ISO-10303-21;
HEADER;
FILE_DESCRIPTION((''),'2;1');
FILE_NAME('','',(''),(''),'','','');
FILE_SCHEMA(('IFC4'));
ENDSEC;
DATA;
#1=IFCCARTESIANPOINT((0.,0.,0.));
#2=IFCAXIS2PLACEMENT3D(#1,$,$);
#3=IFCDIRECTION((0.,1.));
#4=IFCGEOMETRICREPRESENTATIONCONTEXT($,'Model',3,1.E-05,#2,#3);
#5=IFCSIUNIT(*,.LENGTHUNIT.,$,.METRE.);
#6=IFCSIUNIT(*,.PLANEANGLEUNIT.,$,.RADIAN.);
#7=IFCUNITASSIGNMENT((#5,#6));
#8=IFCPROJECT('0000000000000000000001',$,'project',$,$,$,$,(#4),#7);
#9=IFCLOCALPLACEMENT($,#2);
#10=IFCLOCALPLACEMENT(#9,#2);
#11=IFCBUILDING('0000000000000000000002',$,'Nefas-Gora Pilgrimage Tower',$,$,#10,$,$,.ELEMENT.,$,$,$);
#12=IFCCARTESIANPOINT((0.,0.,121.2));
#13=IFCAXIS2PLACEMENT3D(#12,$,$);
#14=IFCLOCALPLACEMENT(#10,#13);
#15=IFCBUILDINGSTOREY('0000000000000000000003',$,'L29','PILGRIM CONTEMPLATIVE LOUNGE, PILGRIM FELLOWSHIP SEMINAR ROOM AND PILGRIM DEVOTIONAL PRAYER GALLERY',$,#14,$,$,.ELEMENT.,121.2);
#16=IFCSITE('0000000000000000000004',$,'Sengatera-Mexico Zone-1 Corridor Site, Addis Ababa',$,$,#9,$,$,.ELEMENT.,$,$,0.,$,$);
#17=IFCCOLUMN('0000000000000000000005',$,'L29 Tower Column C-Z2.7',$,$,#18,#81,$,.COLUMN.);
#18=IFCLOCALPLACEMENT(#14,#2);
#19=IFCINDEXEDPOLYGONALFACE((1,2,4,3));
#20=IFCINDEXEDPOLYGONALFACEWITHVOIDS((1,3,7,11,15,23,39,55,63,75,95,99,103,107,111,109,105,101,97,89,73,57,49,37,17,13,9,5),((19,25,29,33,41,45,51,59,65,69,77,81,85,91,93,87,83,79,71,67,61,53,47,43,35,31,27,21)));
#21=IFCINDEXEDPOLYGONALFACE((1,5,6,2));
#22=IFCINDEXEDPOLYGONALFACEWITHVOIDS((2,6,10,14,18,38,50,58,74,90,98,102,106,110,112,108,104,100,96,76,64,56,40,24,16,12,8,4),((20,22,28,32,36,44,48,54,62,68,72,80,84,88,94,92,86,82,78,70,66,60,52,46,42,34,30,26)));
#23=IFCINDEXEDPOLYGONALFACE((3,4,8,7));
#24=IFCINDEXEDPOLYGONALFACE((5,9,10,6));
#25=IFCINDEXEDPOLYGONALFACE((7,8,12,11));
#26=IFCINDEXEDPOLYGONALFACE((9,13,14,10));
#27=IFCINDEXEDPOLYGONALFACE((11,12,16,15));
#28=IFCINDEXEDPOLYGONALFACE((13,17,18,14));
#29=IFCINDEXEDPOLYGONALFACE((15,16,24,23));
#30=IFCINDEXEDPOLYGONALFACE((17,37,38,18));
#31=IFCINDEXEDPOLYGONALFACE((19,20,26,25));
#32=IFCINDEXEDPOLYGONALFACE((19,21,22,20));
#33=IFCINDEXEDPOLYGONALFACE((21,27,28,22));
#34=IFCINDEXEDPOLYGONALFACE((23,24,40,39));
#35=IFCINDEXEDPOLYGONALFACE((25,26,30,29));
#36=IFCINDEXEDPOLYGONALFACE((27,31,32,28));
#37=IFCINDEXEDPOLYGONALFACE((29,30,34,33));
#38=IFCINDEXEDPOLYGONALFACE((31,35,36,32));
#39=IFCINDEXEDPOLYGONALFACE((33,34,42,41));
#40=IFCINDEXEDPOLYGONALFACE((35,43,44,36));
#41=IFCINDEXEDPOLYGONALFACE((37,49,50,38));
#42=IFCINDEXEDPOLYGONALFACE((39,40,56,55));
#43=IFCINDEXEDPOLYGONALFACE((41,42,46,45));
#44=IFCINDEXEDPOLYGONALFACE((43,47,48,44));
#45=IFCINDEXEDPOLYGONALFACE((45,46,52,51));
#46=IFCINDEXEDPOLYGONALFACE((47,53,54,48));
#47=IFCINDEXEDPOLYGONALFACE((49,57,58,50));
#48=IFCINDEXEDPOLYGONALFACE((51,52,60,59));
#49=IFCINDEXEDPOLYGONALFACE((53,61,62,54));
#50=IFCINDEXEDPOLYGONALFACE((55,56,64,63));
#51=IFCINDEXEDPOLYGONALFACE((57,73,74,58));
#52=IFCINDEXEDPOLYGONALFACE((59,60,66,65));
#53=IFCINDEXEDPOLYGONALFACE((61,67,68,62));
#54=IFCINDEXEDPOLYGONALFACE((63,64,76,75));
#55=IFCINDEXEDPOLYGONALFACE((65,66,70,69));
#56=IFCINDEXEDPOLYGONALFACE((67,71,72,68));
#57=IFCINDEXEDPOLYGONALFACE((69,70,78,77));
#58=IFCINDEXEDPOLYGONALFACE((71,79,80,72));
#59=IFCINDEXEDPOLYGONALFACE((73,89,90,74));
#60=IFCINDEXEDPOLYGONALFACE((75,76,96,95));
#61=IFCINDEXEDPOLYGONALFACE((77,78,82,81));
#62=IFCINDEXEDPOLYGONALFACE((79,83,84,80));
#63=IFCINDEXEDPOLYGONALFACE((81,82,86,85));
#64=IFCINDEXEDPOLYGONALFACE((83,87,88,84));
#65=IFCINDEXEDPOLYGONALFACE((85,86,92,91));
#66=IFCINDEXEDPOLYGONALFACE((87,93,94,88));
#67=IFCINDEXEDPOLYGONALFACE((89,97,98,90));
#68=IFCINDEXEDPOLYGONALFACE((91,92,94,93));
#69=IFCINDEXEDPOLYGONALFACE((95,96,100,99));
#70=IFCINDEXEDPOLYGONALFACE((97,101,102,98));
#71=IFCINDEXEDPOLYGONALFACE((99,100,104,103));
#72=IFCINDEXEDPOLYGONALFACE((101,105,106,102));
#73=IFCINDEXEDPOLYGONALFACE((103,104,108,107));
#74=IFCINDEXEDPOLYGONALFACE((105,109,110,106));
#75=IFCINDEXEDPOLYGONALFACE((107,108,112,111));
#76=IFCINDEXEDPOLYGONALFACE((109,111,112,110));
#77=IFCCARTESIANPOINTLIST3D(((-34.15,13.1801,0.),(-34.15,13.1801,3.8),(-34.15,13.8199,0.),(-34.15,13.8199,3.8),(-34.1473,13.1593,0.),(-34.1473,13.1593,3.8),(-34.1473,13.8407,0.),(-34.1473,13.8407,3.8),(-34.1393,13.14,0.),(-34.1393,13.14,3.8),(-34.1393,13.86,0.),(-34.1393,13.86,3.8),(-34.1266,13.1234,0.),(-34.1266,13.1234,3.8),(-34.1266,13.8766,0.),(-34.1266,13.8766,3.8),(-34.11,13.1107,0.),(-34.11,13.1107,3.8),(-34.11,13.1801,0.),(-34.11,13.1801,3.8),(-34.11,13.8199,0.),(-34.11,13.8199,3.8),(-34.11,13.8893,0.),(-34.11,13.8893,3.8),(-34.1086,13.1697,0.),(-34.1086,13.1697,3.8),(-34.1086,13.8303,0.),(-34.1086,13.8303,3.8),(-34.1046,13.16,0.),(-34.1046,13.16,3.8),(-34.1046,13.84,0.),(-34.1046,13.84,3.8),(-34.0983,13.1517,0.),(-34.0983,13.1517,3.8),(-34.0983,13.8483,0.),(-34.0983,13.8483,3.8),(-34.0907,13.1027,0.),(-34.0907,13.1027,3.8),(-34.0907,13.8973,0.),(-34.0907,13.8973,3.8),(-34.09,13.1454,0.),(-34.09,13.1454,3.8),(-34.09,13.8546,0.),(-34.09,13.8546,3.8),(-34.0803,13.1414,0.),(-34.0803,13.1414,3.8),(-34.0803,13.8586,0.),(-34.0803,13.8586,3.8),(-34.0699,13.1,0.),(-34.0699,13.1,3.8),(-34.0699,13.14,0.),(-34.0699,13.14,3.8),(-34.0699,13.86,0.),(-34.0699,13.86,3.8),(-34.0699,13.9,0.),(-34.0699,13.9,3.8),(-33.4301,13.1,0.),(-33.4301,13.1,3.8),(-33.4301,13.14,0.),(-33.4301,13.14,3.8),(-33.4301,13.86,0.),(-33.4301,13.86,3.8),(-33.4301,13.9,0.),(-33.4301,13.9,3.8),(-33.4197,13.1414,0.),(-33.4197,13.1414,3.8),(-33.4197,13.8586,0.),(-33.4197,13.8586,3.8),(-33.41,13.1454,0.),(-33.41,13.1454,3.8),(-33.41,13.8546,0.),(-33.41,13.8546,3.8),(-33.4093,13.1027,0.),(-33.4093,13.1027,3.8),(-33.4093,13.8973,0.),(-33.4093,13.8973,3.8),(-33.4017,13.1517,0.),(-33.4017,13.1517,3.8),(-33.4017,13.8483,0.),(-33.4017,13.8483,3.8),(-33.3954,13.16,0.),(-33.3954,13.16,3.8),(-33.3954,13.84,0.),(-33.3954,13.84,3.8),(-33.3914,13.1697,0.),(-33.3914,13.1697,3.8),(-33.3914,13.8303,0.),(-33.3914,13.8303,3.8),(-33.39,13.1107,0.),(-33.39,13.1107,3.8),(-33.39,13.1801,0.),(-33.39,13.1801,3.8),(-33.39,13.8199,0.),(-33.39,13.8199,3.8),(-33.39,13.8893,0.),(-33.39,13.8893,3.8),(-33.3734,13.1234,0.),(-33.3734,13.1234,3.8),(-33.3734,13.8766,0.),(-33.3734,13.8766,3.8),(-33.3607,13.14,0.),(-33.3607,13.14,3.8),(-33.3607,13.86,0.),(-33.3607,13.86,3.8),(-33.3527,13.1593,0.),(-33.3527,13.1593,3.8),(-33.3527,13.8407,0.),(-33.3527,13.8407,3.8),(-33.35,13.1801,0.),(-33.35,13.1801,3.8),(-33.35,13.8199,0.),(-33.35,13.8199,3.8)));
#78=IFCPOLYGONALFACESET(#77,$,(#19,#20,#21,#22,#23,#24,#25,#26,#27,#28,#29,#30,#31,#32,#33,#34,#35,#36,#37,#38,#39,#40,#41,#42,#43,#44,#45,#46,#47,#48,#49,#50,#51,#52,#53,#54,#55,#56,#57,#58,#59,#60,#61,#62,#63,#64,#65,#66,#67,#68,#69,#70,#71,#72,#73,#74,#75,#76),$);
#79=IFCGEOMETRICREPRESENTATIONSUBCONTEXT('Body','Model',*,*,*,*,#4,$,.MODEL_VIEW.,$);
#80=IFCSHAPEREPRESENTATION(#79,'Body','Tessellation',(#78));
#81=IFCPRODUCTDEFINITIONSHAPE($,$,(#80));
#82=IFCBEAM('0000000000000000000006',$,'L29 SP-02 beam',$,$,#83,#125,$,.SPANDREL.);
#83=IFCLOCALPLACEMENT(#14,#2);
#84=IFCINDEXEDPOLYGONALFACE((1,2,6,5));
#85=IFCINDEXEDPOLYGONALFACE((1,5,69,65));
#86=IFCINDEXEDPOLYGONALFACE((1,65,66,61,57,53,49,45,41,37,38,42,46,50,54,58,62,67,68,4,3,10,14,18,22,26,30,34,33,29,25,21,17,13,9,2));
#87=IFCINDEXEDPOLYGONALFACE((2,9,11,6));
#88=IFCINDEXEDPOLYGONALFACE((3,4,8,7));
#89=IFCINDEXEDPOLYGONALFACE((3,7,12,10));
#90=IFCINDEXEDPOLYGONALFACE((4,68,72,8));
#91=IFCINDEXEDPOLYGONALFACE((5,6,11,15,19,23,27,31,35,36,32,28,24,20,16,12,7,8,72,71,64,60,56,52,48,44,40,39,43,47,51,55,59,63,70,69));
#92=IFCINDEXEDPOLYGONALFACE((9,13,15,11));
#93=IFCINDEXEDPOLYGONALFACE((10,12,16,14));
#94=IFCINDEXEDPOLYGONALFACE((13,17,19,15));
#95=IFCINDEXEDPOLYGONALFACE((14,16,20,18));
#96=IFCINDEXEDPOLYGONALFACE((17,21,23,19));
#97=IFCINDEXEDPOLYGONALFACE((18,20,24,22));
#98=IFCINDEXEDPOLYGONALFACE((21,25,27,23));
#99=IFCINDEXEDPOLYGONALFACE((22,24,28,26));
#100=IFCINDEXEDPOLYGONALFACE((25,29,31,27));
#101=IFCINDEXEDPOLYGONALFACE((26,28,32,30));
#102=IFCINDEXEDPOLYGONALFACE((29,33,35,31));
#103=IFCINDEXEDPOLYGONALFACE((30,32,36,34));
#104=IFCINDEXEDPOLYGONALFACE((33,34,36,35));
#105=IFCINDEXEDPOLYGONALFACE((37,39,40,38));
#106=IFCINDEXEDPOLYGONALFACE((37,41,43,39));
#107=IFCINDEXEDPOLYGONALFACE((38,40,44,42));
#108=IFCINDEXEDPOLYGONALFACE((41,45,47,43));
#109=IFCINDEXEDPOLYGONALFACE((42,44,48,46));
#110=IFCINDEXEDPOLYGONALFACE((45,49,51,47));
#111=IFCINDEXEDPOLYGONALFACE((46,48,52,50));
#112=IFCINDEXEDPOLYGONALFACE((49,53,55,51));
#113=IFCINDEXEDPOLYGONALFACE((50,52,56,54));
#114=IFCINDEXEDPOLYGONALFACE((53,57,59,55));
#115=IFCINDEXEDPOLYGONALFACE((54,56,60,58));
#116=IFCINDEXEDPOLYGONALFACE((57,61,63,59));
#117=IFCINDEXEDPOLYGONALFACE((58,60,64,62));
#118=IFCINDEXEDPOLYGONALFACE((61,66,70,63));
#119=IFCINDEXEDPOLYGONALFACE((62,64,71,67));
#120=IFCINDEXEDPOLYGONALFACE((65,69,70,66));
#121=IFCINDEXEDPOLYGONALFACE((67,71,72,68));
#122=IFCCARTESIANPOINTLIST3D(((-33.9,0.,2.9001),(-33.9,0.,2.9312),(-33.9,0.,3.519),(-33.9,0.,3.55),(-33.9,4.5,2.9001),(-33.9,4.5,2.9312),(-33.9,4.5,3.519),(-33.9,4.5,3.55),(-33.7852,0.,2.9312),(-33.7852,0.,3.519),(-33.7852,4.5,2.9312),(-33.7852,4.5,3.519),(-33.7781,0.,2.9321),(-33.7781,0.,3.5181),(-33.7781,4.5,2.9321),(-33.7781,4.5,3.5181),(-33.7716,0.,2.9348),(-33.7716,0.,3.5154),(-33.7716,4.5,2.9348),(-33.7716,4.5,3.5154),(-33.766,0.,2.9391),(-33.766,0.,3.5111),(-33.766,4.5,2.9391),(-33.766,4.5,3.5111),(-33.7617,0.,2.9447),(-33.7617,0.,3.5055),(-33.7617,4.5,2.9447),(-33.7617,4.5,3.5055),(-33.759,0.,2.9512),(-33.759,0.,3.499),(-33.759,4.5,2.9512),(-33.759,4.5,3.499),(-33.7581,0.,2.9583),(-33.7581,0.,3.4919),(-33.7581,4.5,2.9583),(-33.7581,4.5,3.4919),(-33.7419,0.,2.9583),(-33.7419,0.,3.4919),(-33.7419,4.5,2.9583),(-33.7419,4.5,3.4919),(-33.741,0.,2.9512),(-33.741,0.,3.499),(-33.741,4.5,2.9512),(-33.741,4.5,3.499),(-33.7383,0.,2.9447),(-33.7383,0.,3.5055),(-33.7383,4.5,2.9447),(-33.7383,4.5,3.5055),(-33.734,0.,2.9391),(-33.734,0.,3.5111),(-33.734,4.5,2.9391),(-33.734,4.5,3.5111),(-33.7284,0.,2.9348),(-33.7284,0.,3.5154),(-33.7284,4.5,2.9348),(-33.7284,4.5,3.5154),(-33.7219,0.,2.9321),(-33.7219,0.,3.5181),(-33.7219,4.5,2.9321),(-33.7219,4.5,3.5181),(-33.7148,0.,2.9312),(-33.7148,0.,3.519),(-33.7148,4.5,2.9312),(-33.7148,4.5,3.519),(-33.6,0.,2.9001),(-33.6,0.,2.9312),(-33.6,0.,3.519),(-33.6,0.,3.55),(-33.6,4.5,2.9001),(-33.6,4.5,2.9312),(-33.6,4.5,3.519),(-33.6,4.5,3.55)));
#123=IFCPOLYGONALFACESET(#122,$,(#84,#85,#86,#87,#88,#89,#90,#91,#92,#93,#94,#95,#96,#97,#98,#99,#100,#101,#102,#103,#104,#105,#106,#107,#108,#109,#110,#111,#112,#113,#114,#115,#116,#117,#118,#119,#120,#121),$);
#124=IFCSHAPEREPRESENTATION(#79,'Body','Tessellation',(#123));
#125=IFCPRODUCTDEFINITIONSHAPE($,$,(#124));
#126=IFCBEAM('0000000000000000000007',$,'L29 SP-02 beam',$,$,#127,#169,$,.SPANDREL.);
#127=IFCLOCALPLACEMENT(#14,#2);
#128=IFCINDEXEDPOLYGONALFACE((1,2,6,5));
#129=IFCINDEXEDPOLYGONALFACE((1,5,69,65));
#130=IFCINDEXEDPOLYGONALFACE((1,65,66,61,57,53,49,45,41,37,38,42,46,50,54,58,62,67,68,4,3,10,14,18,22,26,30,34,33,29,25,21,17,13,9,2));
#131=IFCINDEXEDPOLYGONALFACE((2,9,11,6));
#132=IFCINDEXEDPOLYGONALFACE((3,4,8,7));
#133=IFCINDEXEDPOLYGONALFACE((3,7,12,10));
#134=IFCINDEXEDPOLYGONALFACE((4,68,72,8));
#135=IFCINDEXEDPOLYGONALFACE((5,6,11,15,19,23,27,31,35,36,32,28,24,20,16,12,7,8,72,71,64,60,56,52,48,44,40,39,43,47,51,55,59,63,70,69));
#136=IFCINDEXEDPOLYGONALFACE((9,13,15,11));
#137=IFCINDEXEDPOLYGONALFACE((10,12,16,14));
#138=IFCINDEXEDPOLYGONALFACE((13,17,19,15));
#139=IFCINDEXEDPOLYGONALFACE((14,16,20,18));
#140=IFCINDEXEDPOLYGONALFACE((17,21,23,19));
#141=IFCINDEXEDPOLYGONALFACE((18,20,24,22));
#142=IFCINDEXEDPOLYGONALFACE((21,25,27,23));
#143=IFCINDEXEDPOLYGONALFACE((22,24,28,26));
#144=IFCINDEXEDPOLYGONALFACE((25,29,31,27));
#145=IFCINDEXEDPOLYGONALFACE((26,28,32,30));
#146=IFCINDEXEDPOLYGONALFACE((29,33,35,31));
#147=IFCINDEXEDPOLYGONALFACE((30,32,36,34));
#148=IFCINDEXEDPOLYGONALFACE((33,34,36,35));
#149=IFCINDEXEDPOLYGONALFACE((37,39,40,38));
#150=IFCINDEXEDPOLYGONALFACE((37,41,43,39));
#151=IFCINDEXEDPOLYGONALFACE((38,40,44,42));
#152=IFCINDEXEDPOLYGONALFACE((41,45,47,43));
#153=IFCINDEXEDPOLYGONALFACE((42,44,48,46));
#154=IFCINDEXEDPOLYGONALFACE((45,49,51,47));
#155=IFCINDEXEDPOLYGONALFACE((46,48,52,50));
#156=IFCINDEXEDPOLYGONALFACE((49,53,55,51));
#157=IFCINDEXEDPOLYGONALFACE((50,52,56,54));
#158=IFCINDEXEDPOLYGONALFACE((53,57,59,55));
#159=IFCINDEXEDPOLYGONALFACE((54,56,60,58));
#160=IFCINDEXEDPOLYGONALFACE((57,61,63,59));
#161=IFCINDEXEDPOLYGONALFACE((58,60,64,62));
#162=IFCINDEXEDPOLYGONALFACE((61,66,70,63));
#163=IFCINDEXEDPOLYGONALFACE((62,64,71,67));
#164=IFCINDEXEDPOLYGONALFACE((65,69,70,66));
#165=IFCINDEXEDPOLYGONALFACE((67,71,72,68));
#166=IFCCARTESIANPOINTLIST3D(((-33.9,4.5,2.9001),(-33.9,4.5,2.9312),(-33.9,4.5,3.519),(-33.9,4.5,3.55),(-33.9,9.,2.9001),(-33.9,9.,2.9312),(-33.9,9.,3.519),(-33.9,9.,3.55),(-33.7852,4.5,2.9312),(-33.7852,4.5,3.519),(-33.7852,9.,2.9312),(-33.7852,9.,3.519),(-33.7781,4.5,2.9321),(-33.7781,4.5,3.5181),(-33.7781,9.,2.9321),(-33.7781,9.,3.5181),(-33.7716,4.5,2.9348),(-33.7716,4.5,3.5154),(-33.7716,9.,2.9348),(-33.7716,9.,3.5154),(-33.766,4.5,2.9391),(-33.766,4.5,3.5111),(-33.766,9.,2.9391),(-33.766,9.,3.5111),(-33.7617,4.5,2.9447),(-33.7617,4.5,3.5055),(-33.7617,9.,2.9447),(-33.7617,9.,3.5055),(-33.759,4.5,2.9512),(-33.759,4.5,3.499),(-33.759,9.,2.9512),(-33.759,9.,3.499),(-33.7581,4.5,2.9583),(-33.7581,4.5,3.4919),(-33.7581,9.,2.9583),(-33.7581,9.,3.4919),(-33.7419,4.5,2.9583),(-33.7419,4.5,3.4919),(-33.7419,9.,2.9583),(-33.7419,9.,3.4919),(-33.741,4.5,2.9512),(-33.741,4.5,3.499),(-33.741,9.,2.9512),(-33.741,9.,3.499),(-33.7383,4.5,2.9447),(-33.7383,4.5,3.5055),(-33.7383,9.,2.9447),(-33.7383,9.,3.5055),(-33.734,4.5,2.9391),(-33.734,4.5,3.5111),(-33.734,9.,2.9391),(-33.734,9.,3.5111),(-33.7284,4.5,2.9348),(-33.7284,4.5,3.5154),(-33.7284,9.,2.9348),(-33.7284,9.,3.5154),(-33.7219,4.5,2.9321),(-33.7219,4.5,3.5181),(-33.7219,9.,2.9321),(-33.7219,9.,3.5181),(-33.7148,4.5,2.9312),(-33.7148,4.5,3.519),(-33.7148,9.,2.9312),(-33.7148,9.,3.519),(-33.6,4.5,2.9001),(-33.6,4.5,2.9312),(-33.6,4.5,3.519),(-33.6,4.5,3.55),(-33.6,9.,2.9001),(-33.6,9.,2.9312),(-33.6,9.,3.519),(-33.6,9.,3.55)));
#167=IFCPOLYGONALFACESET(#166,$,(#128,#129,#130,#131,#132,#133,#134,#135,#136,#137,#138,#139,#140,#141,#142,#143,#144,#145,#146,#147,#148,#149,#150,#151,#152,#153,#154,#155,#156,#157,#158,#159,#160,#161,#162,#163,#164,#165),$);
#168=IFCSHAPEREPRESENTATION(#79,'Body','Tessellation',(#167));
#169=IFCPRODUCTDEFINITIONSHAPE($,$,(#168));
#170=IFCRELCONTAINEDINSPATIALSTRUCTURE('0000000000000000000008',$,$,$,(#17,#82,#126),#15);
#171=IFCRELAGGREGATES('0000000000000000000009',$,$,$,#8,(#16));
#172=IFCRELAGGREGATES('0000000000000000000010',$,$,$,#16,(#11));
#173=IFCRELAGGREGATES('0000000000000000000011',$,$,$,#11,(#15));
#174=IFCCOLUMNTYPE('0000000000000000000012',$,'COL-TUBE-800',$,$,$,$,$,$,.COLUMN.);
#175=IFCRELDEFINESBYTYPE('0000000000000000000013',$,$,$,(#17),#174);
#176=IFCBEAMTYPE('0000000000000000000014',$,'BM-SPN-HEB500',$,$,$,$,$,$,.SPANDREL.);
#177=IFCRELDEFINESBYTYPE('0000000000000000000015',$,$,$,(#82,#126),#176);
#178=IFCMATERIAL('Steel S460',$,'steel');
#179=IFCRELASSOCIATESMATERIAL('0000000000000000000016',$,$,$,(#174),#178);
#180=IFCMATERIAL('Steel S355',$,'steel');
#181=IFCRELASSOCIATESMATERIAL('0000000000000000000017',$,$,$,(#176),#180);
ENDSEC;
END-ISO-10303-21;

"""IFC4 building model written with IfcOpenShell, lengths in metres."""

from ifc_helpers import new_model, si_unit, direction, frame, origin, origin_2d, place, context, subcontext, project, spatial, hollow_rectangle, i_section, extrude, source, transform, mapped, material, material_profile, profile_set, type_object, element, save


model = new_model("IFC4")

# Units and contexts
model_context = context("Model", 3, precision=1e-05, world=origin(), true_north=direction((0.0, 1.0)))
body_context = subcontext(model_context, "Body", "Model", "MODEL_VIEW")
ifc_project = project(units=[si_unit("LENGTHUNIT", "METRE"), si_unit("PLANEANGLEUNIT", "RADIAN")], contexts=[model_context])

# Site, building, storey
site_placement = place(None, origin())
site = spatial("IfcSite", under=ifc_project, at=site_placement, Name="Sengatera-Mexico Zone-1 Corridor Site, Addis Ababa", CompositionType="ELEMENT", RefElevation=0.0)
building_placement = place(site_placement, origin())
building = spatial("IfcBuilding", under=site, at=building_placement, Name="Nefas-Gora Pilgrimage Tower", CompositionType="ELEMENT")
storey_placement = place(building_placement, frame((0.0, 0.0, 121.2)))
storey = spatial("IfcBuildingStorey", under=building, at=storey_placement, Name="L29", Description="PILGRIM CONTEMPLATIVE LOUNGE, PILGRIM FELLOWSHIP SEMINAR ROOM AND PILGRIM DEVOTIONAL PRAYER GALLERY", CompositionType="ELEMENT", Elevation=121.2)

# Column
ifc_material_1 = material(Name="Steel S460", Category="steel")
ifc_material_profile_1 = material_profile(ifc_material_1, hollow_rectangle(XDim=0.8, YDim=0.8, WallThickness=0.04, InnerFilletRadius=0.04, OuterFilletRadius=0.0801, at=origin_2d()), Name="BOX 800x800x40")
ifc_profile_set_1 = profile_set([ifc_material_profile_1], Name="Steel S460")
column_type_1 = type_object("IfcColumnType", Name="COL-TUBE-800", PredefinedType="COLUMN", material=ifc_profile_set_1)
shared_shape_1 = source(origin(), body_context, "Body", "SweptSolid", [
    extrude(hollow_rectangle(XDim=0.8, YDim=0.8, WallThickness=0.04, InnerFilletRadius=0.04, OuterFilletRadius=0.0801, at=origin_2d()), origin(), (0.0, 0.0, 1.0), 3.8),
])
for number, where, z_axis, x_axis, name in (
    (1, (-33.75, 13.5, 0.0), (0.0, 0.0, 1.0), (1.0, 0.0, 0.0), "L29 Tower Column C-Z2.7"),
):
    element("IfcColumn", number, at=place(storey_placement, frame(where, z_axis=z_axis, x_axis=x_axis)), inside=storey, type_object=column_type_1, Name=name, PredefinedType="COLUMN", context=body_context, shape_type="MappedRepresentation", body=[
        mapped(shared_shape_1, transform((0.0, 0.0, 0.0), x_axis=(1.0, 0.0, 0.0), y_axis=(0.0, 1.0, 0.0), z_axis=(0.0, 0.0, 1.0), scale=1.0)),
    ])

# Beams
ifc_material_2 = material(Name="Steel S355", Category="steel")
ifc_material_profile_2 = material_profile(ifc_material_2, i_section(OverallWidth=0.3, OverallDepth=0.6499, WebThickness=0.0161, FlangeThickness=0.031, FilletRadius=0.0271, at=origin_2d()), Name="HEB 650")
ifc_profile_set_2 = profile_set([ifc_material_profile_2], Name="Steel S355")
beam_type_1 = type_object("IfcBeamType", Name="BM-SPN-HEB500", PredefinedType="SPANDREL", material=ifc_profile_set_2)
shared_shape_2 = source(origin(), body_context, "Body", "SweptSolid", [
    extrude(i_section(OverallWidth=0.3, OverallDepth=0.6499, WebThickness=0.0161, FlangeThickness=0.031, FilletRadius=0.0271, at=origin_2d()), origin(), (0.0, 0.0, 1.0), 4.5),
])
for number, where, z_axis, x_axis, name in (
    (2, (-33.75, 0.0, 3.2251), (0.0, 1.0, 0.0), (-1.0, 0.0, 0.0), "L29 SP-02 beam"),
    (3, (-33.75, 4.5, 3.2251), (0.0, 1.0, 0.0), (-1.0, 0.0, 0.0), "L29 SP-02 beam"),
):
    element("IfcBeam", number, at=place(storey_placement, frame(where, z_axis=z_axis, x_axis=x_axis)), inside=storey, type_object=beam_type_1, Name=name, PredefinedType="SPANDREL", context=body_context, shape_type="MappedRepresentation", body=[
        mapped(shared_shape_2, transform((0.0, 0.0, 0.0), x_axis=(1.0, 0.0, 0.0), y_axis=(0.0, 1.0, 0.0), z_axis=(0.0, 0.0, 1.0), scale=1.0)),
    ])

save(model, "model.ifc")
